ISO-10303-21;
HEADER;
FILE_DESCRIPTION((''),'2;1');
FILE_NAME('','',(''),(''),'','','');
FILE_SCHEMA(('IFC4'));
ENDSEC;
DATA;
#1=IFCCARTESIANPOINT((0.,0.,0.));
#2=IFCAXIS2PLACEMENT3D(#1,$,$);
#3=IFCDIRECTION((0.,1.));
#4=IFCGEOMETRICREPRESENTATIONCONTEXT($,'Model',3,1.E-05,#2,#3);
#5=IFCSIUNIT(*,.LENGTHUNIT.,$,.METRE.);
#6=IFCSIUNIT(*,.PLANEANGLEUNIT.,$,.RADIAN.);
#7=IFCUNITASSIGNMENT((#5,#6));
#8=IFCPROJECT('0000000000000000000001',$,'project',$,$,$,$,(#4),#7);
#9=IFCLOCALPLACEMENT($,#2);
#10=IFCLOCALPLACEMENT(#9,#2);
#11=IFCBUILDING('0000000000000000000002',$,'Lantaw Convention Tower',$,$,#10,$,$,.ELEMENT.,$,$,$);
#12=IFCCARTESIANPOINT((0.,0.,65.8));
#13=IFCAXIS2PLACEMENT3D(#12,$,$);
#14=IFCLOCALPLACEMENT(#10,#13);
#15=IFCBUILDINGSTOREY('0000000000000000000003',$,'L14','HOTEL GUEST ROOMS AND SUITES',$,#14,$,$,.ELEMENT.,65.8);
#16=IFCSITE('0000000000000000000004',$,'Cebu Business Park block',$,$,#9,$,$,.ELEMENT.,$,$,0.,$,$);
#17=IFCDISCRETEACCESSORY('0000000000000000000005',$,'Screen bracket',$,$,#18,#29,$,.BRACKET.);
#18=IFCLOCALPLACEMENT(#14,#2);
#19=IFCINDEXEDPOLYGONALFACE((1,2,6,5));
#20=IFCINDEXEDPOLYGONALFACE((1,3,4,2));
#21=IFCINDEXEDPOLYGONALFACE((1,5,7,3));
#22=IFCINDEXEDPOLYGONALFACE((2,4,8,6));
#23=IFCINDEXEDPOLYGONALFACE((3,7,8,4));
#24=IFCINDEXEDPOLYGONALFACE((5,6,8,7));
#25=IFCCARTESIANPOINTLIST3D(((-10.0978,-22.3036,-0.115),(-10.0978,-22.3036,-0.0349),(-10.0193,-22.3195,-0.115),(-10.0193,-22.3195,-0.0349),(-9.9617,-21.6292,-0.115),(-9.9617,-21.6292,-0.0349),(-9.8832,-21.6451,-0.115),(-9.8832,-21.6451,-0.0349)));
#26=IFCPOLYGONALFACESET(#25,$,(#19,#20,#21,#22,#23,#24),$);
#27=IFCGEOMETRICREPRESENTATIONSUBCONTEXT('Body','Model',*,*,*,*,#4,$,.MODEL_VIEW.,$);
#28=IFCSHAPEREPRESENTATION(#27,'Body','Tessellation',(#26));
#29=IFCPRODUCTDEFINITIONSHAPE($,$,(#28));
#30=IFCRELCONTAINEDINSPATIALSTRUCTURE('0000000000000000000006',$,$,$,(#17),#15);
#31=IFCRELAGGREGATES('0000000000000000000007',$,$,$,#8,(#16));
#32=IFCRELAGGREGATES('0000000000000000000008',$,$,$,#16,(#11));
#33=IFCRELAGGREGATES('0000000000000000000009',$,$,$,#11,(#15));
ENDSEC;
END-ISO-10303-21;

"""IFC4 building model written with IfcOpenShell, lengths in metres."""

from ifc_helpers import new_model, si_unit, direction, frame, origin, origin_2d, place, context, subcontext, project, spatial, rectangle, extrude, element, save


model = new_model("IFC4")

# Units and contexts
model_context = context("Model", 3, precision=1e-05, world=origin(), true_north=direction((0.0, 1.0)))
body_context = subcontext(model_context, "Body", "Model", "MODEL_VIEW")
ifc_project = project(units=[si_unit("LENGTHUNIT", "METRE"), si_unit("PLANEANGLEUNIT", "RADIAN")], contexts=[model_context])

# Site, building, storey
site_placement = place(None, origin())
site = spatial("IfcSite", under=ifc_project, at=site_placement, Name="Cebu Business Park block", CompositionType="ELEMENT", RefElevation=0.0)
building_placement = place(site_placement, origin())
building = spatial("IfcBuilding", under=site, at=building_placement, Name="Lantaw Convention Tower", CompositionType="ELEMENT")
storey_placement = place(building_placement, frame((0.0, 0.0, 65.8)))
storey = spatial("IfcBuildingStorey", under=building, at=storey_placement, Name="L14", Description="HOTEL GUEST ROOMS AND SUITES", CompositionType="ELEMENT", Elevation=65.8)

# Discrete accessory
discrete_accessory_placement = place(storey_placement, frame((-9.9905, -21.9744, -0.115), z_axis=(0.0, 0.0, 1.0), x_axis=(0.980245, -0.197789, 0.0)))
element("IfcDiscreteAccessory", 1, at=discrete_accessory_placement, inside=storey, Name="Screen bracket", PredefinedType="BRACKET", context=body_context, shape_type="SweptSolid", body=[
    extrude(rectangle(XDim=0.0801, YDim=0.688, at=origin_2d()), origin(), (0.0, 0.0, 1.0), 0.0801),
])

save(model, "model.ifc")
